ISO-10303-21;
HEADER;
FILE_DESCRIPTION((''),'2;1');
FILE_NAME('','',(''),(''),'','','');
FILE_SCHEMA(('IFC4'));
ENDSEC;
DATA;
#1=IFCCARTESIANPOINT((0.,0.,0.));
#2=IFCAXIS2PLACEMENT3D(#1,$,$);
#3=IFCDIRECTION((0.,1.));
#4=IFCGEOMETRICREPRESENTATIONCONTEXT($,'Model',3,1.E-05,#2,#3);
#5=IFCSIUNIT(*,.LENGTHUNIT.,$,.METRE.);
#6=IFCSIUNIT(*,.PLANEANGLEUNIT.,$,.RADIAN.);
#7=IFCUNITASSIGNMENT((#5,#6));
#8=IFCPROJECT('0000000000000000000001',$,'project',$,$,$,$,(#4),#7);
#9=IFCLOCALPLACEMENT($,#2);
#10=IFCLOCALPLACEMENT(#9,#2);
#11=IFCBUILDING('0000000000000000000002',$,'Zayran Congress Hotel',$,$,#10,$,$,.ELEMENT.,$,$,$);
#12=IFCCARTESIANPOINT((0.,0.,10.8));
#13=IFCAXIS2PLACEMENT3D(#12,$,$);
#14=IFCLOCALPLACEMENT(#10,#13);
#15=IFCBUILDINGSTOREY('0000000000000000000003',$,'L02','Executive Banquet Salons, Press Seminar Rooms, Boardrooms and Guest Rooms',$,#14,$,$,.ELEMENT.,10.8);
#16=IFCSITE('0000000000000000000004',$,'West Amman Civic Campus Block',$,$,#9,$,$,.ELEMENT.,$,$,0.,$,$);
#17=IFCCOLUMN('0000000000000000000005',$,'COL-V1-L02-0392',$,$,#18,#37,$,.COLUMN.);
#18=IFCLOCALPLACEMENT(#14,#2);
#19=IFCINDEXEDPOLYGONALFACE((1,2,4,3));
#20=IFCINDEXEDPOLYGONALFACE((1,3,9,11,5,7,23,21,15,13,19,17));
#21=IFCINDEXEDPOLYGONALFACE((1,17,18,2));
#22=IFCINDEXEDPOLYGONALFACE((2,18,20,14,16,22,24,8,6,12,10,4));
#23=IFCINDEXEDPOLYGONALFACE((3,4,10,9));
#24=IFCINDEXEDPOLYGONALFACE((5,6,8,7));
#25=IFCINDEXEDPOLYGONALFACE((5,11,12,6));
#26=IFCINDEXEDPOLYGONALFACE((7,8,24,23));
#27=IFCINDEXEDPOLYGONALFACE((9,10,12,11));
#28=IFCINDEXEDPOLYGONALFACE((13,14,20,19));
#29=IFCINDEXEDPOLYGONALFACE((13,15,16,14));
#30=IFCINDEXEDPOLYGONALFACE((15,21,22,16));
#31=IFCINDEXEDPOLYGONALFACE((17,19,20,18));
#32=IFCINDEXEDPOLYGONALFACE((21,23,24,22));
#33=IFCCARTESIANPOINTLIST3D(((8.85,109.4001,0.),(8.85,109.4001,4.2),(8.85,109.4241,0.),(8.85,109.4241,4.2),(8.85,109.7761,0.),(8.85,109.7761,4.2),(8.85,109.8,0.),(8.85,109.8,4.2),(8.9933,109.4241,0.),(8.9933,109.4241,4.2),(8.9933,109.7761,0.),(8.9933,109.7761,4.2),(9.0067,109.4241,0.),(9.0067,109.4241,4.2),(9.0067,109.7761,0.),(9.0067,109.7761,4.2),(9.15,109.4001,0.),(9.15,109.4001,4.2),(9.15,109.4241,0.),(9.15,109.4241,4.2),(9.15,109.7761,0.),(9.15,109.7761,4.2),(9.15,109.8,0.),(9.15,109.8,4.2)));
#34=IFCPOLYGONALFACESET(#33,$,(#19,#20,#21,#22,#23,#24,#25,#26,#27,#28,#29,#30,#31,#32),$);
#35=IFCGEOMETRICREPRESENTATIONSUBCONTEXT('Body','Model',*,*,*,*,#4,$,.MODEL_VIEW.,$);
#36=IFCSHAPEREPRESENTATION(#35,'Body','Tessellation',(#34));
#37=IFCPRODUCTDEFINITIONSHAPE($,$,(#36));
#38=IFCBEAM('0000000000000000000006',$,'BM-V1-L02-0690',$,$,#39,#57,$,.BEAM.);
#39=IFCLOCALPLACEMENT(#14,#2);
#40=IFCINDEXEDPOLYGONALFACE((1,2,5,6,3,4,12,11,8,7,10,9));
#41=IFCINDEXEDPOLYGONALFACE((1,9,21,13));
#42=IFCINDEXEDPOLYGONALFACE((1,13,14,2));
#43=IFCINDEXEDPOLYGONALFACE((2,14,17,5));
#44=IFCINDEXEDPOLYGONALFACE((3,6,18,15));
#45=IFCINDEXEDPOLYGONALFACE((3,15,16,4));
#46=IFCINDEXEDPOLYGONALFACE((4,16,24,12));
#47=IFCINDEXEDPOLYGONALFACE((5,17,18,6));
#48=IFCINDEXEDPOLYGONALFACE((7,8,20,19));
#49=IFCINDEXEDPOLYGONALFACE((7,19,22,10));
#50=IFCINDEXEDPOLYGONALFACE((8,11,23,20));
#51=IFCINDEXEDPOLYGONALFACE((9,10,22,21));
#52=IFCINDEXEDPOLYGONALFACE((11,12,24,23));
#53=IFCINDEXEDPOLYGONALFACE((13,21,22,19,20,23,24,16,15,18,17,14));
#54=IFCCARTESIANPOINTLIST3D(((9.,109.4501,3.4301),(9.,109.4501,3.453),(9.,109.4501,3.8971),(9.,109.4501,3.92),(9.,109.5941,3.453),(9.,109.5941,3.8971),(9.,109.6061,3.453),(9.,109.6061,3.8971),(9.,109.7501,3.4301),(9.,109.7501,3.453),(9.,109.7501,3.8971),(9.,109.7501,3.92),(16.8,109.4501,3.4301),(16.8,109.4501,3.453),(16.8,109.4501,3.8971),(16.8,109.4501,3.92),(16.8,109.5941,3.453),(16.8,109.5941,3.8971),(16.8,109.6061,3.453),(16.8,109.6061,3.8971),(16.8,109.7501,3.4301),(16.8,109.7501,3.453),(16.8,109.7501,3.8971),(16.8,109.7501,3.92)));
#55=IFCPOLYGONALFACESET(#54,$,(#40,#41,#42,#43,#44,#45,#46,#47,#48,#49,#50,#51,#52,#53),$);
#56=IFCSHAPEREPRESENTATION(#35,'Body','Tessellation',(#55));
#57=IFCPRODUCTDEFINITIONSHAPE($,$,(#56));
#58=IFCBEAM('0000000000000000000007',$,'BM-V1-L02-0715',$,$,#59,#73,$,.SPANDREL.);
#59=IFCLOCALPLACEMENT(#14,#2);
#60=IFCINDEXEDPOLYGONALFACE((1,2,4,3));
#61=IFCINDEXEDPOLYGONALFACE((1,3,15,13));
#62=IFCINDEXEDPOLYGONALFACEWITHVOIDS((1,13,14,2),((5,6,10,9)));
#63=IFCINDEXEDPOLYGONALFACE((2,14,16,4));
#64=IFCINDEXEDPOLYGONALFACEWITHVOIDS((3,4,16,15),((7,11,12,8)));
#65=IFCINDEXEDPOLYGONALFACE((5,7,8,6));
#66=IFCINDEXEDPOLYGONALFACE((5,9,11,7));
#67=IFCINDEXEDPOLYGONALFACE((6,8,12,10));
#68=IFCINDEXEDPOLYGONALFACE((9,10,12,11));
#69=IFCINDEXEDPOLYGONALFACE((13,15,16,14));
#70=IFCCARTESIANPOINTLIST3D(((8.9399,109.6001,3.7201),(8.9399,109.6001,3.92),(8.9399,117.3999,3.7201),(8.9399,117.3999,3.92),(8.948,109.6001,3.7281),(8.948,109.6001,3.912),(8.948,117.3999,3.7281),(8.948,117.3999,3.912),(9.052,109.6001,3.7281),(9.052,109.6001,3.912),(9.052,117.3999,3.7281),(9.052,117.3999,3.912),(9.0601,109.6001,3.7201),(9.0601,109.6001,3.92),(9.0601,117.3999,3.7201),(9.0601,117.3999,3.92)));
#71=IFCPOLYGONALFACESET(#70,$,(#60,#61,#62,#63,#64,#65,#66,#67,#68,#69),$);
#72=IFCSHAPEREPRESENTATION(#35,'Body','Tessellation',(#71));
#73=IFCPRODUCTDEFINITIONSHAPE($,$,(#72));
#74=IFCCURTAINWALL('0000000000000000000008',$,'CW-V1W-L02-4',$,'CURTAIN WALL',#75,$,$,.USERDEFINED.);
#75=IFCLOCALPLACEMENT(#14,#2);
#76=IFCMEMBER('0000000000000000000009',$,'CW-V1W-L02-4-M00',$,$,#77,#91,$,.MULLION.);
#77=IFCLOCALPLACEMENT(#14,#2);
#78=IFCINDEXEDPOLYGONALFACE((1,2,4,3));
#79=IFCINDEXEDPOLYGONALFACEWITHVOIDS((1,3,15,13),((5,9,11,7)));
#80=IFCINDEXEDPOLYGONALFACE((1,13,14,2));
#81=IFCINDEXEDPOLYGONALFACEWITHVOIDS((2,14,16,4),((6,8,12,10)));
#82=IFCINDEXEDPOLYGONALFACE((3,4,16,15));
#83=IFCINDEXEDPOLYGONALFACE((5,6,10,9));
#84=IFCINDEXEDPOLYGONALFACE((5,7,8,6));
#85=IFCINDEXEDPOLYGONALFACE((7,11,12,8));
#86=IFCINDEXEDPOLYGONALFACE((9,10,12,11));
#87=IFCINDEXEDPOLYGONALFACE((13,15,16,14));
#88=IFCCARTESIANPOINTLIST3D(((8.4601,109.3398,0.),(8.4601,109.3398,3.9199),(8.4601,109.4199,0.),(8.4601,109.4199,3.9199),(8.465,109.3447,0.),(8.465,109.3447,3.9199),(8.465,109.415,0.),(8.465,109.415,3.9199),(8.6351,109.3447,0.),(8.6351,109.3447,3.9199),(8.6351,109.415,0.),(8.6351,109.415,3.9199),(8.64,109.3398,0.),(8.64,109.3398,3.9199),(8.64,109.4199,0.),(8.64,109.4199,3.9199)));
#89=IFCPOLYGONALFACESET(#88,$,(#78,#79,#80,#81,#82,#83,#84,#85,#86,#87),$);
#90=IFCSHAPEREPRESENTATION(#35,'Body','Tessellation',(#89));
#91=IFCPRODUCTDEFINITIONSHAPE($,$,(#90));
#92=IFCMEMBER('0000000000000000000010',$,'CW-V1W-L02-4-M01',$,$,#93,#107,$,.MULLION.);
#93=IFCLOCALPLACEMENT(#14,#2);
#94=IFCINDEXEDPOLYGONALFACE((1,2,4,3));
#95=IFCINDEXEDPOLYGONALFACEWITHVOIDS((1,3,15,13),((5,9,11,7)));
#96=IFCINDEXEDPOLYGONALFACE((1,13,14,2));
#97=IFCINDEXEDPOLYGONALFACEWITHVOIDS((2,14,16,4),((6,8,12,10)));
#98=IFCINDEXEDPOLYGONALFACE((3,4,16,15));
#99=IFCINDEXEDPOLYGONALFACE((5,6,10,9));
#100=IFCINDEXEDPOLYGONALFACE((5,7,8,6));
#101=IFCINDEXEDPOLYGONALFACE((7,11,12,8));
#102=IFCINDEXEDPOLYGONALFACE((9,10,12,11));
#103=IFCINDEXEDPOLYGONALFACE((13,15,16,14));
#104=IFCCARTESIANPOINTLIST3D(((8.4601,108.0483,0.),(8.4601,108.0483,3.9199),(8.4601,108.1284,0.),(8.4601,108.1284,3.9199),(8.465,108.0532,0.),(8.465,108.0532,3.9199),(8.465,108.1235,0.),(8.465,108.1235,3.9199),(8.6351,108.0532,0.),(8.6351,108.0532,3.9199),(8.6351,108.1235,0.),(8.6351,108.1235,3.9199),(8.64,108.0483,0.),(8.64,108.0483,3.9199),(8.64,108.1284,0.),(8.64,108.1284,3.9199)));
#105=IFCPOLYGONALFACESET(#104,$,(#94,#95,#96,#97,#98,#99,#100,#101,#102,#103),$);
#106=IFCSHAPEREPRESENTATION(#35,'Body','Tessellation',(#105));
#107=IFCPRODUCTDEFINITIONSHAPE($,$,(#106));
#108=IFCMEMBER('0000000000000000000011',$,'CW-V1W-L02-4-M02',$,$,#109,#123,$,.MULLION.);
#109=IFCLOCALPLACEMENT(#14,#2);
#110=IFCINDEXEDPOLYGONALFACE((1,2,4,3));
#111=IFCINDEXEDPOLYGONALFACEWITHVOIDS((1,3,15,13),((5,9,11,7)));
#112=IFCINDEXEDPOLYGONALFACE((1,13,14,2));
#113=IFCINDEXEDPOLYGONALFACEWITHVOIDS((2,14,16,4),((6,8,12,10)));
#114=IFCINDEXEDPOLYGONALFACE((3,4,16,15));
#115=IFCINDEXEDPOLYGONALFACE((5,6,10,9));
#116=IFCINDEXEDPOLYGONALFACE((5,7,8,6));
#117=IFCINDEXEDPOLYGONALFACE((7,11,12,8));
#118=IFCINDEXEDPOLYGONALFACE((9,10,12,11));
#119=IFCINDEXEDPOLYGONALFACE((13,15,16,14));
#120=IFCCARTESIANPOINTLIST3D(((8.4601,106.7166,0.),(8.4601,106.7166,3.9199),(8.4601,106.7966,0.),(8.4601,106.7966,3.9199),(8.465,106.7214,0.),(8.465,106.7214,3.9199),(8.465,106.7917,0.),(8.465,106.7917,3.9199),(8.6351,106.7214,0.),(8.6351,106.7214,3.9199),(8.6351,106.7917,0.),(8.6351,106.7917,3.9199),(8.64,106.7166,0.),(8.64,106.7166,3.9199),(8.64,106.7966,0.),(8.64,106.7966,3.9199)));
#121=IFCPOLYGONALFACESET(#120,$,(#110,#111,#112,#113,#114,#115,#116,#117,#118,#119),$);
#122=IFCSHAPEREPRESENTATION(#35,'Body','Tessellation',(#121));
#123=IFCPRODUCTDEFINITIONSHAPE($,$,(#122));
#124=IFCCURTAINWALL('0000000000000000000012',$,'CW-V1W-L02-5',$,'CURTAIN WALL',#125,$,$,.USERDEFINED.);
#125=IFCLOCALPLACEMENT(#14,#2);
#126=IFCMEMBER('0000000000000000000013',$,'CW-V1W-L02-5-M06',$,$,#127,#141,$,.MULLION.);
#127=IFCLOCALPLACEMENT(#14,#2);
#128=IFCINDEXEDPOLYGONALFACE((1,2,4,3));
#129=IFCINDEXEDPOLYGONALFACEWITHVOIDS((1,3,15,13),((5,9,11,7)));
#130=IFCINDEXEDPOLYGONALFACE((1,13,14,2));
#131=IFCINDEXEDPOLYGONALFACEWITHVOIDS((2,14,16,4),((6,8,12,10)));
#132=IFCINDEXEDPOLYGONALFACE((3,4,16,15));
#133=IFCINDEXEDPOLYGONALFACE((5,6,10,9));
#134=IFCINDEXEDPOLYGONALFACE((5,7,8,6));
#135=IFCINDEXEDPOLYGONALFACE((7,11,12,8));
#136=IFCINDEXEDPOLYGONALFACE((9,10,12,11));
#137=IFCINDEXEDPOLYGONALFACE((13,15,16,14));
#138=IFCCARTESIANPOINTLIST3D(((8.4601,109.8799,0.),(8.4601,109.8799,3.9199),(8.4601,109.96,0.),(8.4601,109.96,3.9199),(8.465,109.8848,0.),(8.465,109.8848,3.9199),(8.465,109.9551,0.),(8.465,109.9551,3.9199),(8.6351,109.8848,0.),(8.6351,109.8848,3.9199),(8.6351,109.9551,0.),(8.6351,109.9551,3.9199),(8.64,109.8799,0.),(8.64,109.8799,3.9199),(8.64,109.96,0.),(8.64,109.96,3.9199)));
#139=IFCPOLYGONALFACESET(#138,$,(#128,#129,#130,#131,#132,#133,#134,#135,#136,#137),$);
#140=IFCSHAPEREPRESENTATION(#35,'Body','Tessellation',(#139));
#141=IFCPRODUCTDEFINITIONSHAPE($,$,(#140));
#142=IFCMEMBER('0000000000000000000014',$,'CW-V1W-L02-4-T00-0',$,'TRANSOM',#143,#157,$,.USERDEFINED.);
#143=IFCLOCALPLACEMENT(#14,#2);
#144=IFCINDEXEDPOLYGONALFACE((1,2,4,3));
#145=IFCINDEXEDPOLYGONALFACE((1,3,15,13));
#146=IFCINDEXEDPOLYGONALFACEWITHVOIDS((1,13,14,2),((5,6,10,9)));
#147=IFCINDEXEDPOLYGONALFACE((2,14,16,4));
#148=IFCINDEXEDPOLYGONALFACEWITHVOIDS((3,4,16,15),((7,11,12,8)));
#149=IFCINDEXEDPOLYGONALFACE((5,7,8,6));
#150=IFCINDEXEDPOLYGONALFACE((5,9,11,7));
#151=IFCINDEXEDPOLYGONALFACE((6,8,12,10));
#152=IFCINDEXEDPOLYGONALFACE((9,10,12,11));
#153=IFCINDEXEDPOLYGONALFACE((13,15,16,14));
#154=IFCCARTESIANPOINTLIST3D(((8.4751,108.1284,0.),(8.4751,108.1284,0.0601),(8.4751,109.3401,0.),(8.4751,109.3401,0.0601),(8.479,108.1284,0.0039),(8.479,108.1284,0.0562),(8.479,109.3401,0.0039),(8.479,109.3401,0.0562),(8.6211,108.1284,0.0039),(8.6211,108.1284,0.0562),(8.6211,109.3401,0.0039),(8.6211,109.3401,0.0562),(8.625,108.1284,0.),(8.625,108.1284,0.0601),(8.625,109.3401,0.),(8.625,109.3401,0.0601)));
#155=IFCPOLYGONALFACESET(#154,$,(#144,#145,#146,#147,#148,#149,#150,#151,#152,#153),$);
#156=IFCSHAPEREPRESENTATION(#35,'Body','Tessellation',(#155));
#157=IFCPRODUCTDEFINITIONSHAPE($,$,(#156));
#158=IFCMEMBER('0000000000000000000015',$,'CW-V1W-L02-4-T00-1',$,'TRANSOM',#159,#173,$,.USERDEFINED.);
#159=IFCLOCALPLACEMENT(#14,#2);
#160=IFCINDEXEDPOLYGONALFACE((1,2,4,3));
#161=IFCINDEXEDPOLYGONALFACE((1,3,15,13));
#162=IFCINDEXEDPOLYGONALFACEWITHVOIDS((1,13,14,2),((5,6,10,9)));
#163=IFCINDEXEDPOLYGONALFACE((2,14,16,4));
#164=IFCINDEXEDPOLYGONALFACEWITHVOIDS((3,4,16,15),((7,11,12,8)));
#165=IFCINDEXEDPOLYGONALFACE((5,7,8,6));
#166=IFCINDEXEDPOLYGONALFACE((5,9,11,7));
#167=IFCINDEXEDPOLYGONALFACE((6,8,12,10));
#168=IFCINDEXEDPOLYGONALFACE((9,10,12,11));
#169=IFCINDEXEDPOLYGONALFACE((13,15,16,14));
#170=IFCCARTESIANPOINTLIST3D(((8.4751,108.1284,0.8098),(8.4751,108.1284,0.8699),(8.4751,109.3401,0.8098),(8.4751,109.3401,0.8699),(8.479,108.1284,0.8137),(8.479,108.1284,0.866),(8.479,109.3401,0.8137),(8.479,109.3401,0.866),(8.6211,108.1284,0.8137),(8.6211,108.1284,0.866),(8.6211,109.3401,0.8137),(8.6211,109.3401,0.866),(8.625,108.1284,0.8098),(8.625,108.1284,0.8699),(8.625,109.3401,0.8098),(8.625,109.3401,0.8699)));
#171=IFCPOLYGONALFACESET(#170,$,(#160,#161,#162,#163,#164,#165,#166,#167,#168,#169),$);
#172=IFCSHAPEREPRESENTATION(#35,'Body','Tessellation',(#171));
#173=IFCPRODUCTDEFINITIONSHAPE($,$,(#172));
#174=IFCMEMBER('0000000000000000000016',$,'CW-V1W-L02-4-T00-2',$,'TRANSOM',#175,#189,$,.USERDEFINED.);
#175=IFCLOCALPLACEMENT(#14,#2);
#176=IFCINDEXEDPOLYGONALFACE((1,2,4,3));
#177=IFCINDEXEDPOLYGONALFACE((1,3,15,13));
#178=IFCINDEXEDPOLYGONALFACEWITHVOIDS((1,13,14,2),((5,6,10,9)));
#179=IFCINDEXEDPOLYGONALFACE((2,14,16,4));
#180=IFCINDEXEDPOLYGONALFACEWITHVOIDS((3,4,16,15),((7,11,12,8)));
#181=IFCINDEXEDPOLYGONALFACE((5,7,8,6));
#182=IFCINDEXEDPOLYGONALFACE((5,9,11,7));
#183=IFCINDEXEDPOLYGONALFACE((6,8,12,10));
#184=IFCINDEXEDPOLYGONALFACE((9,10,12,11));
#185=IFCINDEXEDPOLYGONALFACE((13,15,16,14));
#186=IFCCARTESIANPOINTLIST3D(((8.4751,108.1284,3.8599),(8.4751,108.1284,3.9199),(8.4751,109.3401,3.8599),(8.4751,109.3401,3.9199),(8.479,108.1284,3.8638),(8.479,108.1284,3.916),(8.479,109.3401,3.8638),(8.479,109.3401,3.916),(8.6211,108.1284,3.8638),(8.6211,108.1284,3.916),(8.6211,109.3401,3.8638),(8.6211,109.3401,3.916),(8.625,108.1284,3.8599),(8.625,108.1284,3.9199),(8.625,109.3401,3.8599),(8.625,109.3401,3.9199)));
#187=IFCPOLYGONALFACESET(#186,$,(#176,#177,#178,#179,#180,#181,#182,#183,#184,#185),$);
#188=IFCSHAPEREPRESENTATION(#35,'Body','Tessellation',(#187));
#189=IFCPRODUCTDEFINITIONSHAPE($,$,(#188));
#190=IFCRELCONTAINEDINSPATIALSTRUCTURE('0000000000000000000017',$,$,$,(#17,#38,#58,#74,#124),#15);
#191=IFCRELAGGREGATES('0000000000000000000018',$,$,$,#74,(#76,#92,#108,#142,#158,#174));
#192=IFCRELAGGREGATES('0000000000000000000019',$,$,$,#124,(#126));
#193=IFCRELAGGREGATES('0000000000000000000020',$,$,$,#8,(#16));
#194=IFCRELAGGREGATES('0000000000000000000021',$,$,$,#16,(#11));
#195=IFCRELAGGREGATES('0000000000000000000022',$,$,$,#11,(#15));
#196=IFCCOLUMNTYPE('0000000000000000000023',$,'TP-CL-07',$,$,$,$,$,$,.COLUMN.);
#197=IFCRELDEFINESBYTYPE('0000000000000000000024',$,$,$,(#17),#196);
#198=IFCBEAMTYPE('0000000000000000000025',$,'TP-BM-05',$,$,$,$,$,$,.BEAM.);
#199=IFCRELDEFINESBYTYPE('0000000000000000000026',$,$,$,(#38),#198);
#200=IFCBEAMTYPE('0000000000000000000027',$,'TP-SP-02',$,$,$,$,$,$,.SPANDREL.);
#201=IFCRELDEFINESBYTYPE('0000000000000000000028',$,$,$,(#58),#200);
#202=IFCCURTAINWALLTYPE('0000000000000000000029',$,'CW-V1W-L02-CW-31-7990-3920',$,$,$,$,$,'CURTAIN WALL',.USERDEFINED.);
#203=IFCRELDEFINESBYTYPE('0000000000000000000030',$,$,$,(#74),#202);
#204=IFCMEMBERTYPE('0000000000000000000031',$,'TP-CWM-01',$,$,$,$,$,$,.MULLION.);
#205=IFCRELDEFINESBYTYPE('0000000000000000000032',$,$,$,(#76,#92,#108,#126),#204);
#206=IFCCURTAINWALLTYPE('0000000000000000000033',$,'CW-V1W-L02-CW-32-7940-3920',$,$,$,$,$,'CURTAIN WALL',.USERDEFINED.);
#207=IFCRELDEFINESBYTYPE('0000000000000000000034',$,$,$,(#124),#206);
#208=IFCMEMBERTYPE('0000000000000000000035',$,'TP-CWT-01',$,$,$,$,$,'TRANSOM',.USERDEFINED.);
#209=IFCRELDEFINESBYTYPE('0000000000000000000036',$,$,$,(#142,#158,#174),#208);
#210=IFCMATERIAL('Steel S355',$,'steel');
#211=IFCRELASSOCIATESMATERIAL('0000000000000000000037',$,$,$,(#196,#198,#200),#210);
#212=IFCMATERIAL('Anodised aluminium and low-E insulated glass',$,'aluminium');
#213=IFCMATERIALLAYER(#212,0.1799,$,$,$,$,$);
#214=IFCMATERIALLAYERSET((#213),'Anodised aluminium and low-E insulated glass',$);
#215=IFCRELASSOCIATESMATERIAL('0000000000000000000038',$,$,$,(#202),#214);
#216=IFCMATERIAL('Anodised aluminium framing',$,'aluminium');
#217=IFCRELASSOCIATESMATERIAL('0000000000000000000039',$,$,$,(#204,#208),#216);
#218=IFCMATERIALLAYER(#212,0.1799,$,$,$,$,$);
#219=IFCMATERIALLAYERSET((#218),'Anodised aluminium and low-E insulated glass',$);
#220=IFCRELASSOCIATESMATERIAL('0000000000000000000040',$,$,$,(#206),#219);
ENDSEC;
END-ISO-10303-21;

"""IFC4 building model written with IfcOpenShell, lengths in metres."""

from ifc_helpers import new_model, si_unit, direction, frame, origin, origin_2d, place, context, subcontext, project, spatial, hollow_rectangle, i_section, extrude, material, layer, layer_set, material_profile, profile_set, type_object, element, aggregate, save


model = new_model("IFC4")

# Units and contexts
model_context = context("Model", 3, precision=1e-05, world=origin(), true_north=direction((0.0, 1.0)))
body_context = subcontext(model_context, "Body", "Model", "MODEL_VIEW")
ifc_project = project(units=[si_unit("LENGTHUNIT", "METRE"), si_unit("PLANEANGLEUNIT", "RADIAN")], contexts=[model_context])

# Site, building, storey
site_placement = place(None, origin())
site = spatial("IfcSite", under=ifc_project, at=site_placement, Name="West Amman Civic Campus Block", CompositionType="ELEMENT", RefElevation=0.0)
building_placement = place(site_placement, origin())
building = spatial("IfcBuilding", under=site, at=building_placement, Name="Zayran Congress Hotel", CompositionType="ELEMENT")
storey_placement = place(building_placement, frame((0.0, 0.0, 10.8)))
storey = spatial("IfcBuildingStorey", under=building, at=storey_placement, Name="L02", Description="Executive Banquet Salons, Press Seminar Rooms, Boardrooms and Guest Rooms", CompositionType="ELEMENT", Elevation=10.8)

# Column
ifc_material_1 = material(Name="Steel S355", Category="steel")
ifc_material_profile_1 = material_profile(ifc_material_1, i_section(OverallWidth=0.3, OverallDepth=0.3999, WebThickness=0.0134, FlangeThickness=0.0239, at=origin_2d()), Name="HEB 400")
ifc_profile_set_1 = profile_set([ifc_material_profile_1], Name="Steel S355")
column_type = type_object("IfcColumnType", Name="TP-CL-07", PredefinedType="COLUMN", material=ifc_profile_set_1)
column_placement = place(storey_placement, frame((9.0, 109.6001, 0.0), z_axis=(0.0, 0.0, 1.0), x_axis=(1.0, 0.0, 0.0)))
element("IfcColumn", 1, at=column_placement, inside=storey, type_object=column_type, Name="COL-V1-L02-0392", PredefinedType="COLUMN", context=body_context, shape_type="SweptSolid", body=[
    extrude(i_section(OverallWidth=0.3, OverallDepth=0.3999, WebThickness=0.0134, FlangeThickness=0.0239, at=origin_2d()), origin(), (0.0, 0.0, 1.0), 4.2),
])

# Beams
ifc_material_profile_2 = material_profile(ifc_material_1, i_section(OverallWidth=0.3, OverallDepth=0.49, WebThickness=0.012, FlangeThickness=0.0229, at=origin_2d()), Name="HEA 500")
ifc_profile_set_2 = profile_set([ifc_material_profile_2], Name="Steel S355")
beam_type_1 = type_object("IfcBeamType", Name="TP-BM-05", PredefinedType="BEAM", material=ifc_profile_set_2)
beam_1_placement = place(storey_placement, frame((9.0, 109.6001, 3.675), z_axis=(1.0, 0.0, 0.0), x_axis=(0.0, 1.0, 0.0)))
element("IfcBeam", 2, at=beam_1_placement, inside=storey, type_object=beam_type_1, Name="BM-V1-L02-0690", PredefinedType="BEAM", context=body_context, shape_type="SweptSolid", body=[
    extrude(i_section(OverallWidth=0.3, OverallDepth=0.49, WebThickness=0.012, FlangeThickness=0.0229, at=origin_2d()), origin(), (0.0, 0.0, 1.0), 7.8),
])
ifc_material_profile_3 = material_profile(ifc_material_1, hollow_rectangle(XDim=0.1201, YDim=0.2, WallThickness=0.0081, at=origin_2d()), Name="RHS 200x120x8")
ifc_profile_set_3 = profile_set([ifc_material_profile_3], Name="Steel S355")
beam_type_2 = type_object("IfcBeamType", Name="TP-SP-02", PredefinedType="SPANDREL", material=ifc_profile_set_3)
beam_2_placement = place(storey_placement, frame((9.0, 109.6001, 3.8201), z_axis=(0.0, 1.0, 0.0), x_axis=(-1.0, 0.0, 0.0)))
element("IfcBeam", 3, at=beam_2_placement, inside=storey, type_object=beam_type_2, Name="BM-V1-L02-0715", PredefinedType="SPANDREL", context=body_context, shape_type="SweptSolid", body=[
    extrude(hollow_rectangle(XDim=0.1201, YDim=0.2, WallThickness=0.0081, at=origin_2d()), origin(), (0.0, 0.0, 1.0), 7.7998),
])

# Curtain wall, members
ifc_material_2 = material(Name="Anodised aluminium and low-E insulated glass", Category="aluminium")
ifc_layer_1 = layer(ifc_material_2, 0.1799)
ifc_layer_set_1 = layer_set([ifc_layer_1], Name="Anodised aluminium and low-E insulated glass")
curtain_wall_type_1 = type_object("IfcCurtainWallType", Name="CW-V1W-L02-CW-31-7990-3920", ElementType="CURTAIN WALL", PredefinedType="USERDEFINED", material=ifc_layer_set_1)
curtain_wall_1_placement = place(storey_placement, origin())
curtain_wall_1 = element("IfcCurtainWall", 4, at=curtain_wall_1_placement, inside=storey, type_object=curtain_wall_type_1, Name="CW-V1W-L02-4", ObjectType="CURTAIN WALL", PredefinedType="USERDEFINED")
ifc_material_3 = material(Name="Anodised aluminium framing", Category="aluminium")
ifc_material_profile_4 = material_profile(ifc_material_3, hollow_rectangle(XDim=0.0801, YDim=0.1799, WallThickness=0.0049, at=origin_2d()), Name="RHS 180x80x5")
ifc_profile_set_4 = profile_set([ifc_material_profile_4], Name="Anodised aluminium framing")
member_type_1 = type_object("IfcMemberType", Name="TP-CWM-01", PredefinedType="MULLION", material=ifc_profile_set_4)
member_1_placement = place(storey_placement, frame((8.55, 109.3799, 0.0), z_axis=(0.0, 0.0, 1.0), x_axis=(0.0, 1.0, 0.0)))
member_1 = element("IfcMember", 5, at=member_1_placement, type_object=member_type_1, Name="CW-V1W-L02-4-M00", PredefinedType="MULLION", context=body_context, shape_type="SweptSolid", body=[
    extrude(hollow_rectangle(XDim=0.0801, YDim=0.1799, WallThickness=0.0049, at=origin_2d()), origin(), (0.0, 0.0, 1.0), 3.9199),
])
member_2_placement = place(storey_placement, frame((8.55, 108.0884, 0.0), z_axis=(0.0, 0.0, 1.0), x_axis=(0.0, 1.0, 0.0)))
member_2 = element("IfcMember", 6, at=member_2_placement, type_object=member_type_1, Name="CW-V1W-L02-4-M01", PredefinedType="MULLION", context=body_context, shape_type="SweptSolid", body=[
    extrude(hollow_rectangle(XDim=0.0801, YDim=0.1799, WallThickness=0.0049, at=origin_2d()), origin(), (0.0, 0.0, 1.0), 3.9199),
])
member_3_placement = place(storey_placement, frame((8.55, 106.7566, 0.0), z_axis=(0.0, 0.0, 1.0), x_axis=(0.0, 1.0, 0.0)))
member_3 = element("IfcMember", 7, at=member_3_placement, type_object=member_type_1, Name="CW-V1W-L02-4-M02", PredefinedType="MULLION", context=body_context, shape_type="SweptSolid", body=[
    extrude(hollow_rectangle(XDim=0.0801, YDim=0.1799, WallThickness=0.0049, at=origin_2d()), origin(), (0.0, 0.0, 1.0), 3.9199),
])

# Curtain wall, member
ifc_layer_2 = layer(ifc_material_2, 0.1799)
ifc_layer_set_2 = layer_set([ifc_layer_2], Name="Anodised aluminium and low-E insulated glass")
curtain_wall_type_2 = type_object("IfcCurtainWallType", Name="CW-V1W-L02-CW-32-7940-3920", ElementType="CURTAIN WALL", PredefinedType="USERDEFINED", material=ifc_layer_set_2)
curtain_wall_2_placement = place(storey_placement, origin())
curtain_wall_2 = element("IfcCurtainWall", 8, at=curtain_wall_2_placement, inside=storey, type_object=curtain_wall_type_2, Name="CW-V1W-L02-5", ObjectType="CURTAIN WALL", PredefinedType="USERDEFINED")
member_4_placement = place(storey_placement, frame((8.55, 109.9199, 0.0), z_axis=(0.0, 0.0, 1.0), x_axis=(0.0, 1.0, 0.0)))
member_4 = element("IfcMember", 9, at=member_4_placement, type_object=member_type_1, Name="CW-V1W-L02-5-M06", PredefinedType="MULLION", context=body_context, shape_type="SweptSolid", body=[
    extrude(hollow_rectangle(XDim=0.0801, YDim=0.1799, WallThickness=0.0049, at=origin_2d()), origin(), (0.0, 0.0, 1.0), 3.9199),
])

# Members
ifc_material_profile_5 = material_profile(ifc_material_3, hollow_rectangle(XDim=0.0601, YDim=0.1499, WallThickness=0.0039, at=origin_2d()), Name="RHS 150x60x4")
ifc_profile_set_5 = profile_set([ifc_material_profile_5], Name="Anodised aluminium framing")
member_type_2 = type_object("IfcMemberType", Name="TP-CWT-01", ElementType="TRANSOM", PredefinedType="USERDEFINED", material=ifc_profile_set_5)
member_5_placement = place(storey_placement, frame((8.55, 109.3401, 0.03), z_axis=(0.0, -1.0, 0.0), x_axis=(0.0, 0.0, 1.0)))
member_5 = element("IfcMember", 10, at=member_5_placement, type_object=member_type_2, Name="CW-V1W-L02-4-T00-0", ObjectType="TRANSOM", PredefinedType="USERDEFINED", context=body_context, shape_type="SweptSolid", body=[
    extrude(hollow_rectangle(XDim=0.0601, YDim=0.1499, WallThickness=0.0039, at=origin_2d()), origin(), (0.0, 0.0, 1.0), 1.2117),
])
member_6_placement = place(storey_placement, frame((8.55, 109.3401, 0.8398), z_axis=(0.0, -1.0, 0.0), x_axis=(0.0, 0.0, 1.0)))
member_6 = element("IfcMember", 11, at=member_6_placement, type_object=member_type_2, Name="CW-V1W-L02-4-T00-1", ObjectType="TRANSOM", PredefinedType="USERDEFINED", context=body_context, shape_type="SweptSolid", body=[
    extrude(hollow_rectangle(XDim=0.0601, YDim=0.1499, WallThickness=0.0039, at=origin_2d()), origin(), (0.0, 0.0, 1.0), 1.2117),
])
member_7_placement = place(storey_placement, frame((8.55, 109.3401, 3.8899), z_axis=(0.0, -1.0, 0.0), x_axis=(0.0, 0.0, 1.0)))
member_7 = element("IfcMember", 12, at=member_7_placement, type_object=member_type_2, Name="CW-V1W-L02-4-T00-2", ObjectType="TRANSOM", PredefinedType="USERDEFINED", context=body_context, shape_type="SweptSolid", body=[
    extrude(hollow_rectangle(XDim=0.0601, YDim=0.1499, WallThickness=0.0039, at=origin_2d()), origin(), (0.0, 0.0, 1.0), 1.2117),
])

aggregate(curtain_wall_1, [member_1, member_2, member_3, member_5, member_6, member_7])
aggregate(curtain_wall_2, [member_4])

save(model, "model.ifc")
